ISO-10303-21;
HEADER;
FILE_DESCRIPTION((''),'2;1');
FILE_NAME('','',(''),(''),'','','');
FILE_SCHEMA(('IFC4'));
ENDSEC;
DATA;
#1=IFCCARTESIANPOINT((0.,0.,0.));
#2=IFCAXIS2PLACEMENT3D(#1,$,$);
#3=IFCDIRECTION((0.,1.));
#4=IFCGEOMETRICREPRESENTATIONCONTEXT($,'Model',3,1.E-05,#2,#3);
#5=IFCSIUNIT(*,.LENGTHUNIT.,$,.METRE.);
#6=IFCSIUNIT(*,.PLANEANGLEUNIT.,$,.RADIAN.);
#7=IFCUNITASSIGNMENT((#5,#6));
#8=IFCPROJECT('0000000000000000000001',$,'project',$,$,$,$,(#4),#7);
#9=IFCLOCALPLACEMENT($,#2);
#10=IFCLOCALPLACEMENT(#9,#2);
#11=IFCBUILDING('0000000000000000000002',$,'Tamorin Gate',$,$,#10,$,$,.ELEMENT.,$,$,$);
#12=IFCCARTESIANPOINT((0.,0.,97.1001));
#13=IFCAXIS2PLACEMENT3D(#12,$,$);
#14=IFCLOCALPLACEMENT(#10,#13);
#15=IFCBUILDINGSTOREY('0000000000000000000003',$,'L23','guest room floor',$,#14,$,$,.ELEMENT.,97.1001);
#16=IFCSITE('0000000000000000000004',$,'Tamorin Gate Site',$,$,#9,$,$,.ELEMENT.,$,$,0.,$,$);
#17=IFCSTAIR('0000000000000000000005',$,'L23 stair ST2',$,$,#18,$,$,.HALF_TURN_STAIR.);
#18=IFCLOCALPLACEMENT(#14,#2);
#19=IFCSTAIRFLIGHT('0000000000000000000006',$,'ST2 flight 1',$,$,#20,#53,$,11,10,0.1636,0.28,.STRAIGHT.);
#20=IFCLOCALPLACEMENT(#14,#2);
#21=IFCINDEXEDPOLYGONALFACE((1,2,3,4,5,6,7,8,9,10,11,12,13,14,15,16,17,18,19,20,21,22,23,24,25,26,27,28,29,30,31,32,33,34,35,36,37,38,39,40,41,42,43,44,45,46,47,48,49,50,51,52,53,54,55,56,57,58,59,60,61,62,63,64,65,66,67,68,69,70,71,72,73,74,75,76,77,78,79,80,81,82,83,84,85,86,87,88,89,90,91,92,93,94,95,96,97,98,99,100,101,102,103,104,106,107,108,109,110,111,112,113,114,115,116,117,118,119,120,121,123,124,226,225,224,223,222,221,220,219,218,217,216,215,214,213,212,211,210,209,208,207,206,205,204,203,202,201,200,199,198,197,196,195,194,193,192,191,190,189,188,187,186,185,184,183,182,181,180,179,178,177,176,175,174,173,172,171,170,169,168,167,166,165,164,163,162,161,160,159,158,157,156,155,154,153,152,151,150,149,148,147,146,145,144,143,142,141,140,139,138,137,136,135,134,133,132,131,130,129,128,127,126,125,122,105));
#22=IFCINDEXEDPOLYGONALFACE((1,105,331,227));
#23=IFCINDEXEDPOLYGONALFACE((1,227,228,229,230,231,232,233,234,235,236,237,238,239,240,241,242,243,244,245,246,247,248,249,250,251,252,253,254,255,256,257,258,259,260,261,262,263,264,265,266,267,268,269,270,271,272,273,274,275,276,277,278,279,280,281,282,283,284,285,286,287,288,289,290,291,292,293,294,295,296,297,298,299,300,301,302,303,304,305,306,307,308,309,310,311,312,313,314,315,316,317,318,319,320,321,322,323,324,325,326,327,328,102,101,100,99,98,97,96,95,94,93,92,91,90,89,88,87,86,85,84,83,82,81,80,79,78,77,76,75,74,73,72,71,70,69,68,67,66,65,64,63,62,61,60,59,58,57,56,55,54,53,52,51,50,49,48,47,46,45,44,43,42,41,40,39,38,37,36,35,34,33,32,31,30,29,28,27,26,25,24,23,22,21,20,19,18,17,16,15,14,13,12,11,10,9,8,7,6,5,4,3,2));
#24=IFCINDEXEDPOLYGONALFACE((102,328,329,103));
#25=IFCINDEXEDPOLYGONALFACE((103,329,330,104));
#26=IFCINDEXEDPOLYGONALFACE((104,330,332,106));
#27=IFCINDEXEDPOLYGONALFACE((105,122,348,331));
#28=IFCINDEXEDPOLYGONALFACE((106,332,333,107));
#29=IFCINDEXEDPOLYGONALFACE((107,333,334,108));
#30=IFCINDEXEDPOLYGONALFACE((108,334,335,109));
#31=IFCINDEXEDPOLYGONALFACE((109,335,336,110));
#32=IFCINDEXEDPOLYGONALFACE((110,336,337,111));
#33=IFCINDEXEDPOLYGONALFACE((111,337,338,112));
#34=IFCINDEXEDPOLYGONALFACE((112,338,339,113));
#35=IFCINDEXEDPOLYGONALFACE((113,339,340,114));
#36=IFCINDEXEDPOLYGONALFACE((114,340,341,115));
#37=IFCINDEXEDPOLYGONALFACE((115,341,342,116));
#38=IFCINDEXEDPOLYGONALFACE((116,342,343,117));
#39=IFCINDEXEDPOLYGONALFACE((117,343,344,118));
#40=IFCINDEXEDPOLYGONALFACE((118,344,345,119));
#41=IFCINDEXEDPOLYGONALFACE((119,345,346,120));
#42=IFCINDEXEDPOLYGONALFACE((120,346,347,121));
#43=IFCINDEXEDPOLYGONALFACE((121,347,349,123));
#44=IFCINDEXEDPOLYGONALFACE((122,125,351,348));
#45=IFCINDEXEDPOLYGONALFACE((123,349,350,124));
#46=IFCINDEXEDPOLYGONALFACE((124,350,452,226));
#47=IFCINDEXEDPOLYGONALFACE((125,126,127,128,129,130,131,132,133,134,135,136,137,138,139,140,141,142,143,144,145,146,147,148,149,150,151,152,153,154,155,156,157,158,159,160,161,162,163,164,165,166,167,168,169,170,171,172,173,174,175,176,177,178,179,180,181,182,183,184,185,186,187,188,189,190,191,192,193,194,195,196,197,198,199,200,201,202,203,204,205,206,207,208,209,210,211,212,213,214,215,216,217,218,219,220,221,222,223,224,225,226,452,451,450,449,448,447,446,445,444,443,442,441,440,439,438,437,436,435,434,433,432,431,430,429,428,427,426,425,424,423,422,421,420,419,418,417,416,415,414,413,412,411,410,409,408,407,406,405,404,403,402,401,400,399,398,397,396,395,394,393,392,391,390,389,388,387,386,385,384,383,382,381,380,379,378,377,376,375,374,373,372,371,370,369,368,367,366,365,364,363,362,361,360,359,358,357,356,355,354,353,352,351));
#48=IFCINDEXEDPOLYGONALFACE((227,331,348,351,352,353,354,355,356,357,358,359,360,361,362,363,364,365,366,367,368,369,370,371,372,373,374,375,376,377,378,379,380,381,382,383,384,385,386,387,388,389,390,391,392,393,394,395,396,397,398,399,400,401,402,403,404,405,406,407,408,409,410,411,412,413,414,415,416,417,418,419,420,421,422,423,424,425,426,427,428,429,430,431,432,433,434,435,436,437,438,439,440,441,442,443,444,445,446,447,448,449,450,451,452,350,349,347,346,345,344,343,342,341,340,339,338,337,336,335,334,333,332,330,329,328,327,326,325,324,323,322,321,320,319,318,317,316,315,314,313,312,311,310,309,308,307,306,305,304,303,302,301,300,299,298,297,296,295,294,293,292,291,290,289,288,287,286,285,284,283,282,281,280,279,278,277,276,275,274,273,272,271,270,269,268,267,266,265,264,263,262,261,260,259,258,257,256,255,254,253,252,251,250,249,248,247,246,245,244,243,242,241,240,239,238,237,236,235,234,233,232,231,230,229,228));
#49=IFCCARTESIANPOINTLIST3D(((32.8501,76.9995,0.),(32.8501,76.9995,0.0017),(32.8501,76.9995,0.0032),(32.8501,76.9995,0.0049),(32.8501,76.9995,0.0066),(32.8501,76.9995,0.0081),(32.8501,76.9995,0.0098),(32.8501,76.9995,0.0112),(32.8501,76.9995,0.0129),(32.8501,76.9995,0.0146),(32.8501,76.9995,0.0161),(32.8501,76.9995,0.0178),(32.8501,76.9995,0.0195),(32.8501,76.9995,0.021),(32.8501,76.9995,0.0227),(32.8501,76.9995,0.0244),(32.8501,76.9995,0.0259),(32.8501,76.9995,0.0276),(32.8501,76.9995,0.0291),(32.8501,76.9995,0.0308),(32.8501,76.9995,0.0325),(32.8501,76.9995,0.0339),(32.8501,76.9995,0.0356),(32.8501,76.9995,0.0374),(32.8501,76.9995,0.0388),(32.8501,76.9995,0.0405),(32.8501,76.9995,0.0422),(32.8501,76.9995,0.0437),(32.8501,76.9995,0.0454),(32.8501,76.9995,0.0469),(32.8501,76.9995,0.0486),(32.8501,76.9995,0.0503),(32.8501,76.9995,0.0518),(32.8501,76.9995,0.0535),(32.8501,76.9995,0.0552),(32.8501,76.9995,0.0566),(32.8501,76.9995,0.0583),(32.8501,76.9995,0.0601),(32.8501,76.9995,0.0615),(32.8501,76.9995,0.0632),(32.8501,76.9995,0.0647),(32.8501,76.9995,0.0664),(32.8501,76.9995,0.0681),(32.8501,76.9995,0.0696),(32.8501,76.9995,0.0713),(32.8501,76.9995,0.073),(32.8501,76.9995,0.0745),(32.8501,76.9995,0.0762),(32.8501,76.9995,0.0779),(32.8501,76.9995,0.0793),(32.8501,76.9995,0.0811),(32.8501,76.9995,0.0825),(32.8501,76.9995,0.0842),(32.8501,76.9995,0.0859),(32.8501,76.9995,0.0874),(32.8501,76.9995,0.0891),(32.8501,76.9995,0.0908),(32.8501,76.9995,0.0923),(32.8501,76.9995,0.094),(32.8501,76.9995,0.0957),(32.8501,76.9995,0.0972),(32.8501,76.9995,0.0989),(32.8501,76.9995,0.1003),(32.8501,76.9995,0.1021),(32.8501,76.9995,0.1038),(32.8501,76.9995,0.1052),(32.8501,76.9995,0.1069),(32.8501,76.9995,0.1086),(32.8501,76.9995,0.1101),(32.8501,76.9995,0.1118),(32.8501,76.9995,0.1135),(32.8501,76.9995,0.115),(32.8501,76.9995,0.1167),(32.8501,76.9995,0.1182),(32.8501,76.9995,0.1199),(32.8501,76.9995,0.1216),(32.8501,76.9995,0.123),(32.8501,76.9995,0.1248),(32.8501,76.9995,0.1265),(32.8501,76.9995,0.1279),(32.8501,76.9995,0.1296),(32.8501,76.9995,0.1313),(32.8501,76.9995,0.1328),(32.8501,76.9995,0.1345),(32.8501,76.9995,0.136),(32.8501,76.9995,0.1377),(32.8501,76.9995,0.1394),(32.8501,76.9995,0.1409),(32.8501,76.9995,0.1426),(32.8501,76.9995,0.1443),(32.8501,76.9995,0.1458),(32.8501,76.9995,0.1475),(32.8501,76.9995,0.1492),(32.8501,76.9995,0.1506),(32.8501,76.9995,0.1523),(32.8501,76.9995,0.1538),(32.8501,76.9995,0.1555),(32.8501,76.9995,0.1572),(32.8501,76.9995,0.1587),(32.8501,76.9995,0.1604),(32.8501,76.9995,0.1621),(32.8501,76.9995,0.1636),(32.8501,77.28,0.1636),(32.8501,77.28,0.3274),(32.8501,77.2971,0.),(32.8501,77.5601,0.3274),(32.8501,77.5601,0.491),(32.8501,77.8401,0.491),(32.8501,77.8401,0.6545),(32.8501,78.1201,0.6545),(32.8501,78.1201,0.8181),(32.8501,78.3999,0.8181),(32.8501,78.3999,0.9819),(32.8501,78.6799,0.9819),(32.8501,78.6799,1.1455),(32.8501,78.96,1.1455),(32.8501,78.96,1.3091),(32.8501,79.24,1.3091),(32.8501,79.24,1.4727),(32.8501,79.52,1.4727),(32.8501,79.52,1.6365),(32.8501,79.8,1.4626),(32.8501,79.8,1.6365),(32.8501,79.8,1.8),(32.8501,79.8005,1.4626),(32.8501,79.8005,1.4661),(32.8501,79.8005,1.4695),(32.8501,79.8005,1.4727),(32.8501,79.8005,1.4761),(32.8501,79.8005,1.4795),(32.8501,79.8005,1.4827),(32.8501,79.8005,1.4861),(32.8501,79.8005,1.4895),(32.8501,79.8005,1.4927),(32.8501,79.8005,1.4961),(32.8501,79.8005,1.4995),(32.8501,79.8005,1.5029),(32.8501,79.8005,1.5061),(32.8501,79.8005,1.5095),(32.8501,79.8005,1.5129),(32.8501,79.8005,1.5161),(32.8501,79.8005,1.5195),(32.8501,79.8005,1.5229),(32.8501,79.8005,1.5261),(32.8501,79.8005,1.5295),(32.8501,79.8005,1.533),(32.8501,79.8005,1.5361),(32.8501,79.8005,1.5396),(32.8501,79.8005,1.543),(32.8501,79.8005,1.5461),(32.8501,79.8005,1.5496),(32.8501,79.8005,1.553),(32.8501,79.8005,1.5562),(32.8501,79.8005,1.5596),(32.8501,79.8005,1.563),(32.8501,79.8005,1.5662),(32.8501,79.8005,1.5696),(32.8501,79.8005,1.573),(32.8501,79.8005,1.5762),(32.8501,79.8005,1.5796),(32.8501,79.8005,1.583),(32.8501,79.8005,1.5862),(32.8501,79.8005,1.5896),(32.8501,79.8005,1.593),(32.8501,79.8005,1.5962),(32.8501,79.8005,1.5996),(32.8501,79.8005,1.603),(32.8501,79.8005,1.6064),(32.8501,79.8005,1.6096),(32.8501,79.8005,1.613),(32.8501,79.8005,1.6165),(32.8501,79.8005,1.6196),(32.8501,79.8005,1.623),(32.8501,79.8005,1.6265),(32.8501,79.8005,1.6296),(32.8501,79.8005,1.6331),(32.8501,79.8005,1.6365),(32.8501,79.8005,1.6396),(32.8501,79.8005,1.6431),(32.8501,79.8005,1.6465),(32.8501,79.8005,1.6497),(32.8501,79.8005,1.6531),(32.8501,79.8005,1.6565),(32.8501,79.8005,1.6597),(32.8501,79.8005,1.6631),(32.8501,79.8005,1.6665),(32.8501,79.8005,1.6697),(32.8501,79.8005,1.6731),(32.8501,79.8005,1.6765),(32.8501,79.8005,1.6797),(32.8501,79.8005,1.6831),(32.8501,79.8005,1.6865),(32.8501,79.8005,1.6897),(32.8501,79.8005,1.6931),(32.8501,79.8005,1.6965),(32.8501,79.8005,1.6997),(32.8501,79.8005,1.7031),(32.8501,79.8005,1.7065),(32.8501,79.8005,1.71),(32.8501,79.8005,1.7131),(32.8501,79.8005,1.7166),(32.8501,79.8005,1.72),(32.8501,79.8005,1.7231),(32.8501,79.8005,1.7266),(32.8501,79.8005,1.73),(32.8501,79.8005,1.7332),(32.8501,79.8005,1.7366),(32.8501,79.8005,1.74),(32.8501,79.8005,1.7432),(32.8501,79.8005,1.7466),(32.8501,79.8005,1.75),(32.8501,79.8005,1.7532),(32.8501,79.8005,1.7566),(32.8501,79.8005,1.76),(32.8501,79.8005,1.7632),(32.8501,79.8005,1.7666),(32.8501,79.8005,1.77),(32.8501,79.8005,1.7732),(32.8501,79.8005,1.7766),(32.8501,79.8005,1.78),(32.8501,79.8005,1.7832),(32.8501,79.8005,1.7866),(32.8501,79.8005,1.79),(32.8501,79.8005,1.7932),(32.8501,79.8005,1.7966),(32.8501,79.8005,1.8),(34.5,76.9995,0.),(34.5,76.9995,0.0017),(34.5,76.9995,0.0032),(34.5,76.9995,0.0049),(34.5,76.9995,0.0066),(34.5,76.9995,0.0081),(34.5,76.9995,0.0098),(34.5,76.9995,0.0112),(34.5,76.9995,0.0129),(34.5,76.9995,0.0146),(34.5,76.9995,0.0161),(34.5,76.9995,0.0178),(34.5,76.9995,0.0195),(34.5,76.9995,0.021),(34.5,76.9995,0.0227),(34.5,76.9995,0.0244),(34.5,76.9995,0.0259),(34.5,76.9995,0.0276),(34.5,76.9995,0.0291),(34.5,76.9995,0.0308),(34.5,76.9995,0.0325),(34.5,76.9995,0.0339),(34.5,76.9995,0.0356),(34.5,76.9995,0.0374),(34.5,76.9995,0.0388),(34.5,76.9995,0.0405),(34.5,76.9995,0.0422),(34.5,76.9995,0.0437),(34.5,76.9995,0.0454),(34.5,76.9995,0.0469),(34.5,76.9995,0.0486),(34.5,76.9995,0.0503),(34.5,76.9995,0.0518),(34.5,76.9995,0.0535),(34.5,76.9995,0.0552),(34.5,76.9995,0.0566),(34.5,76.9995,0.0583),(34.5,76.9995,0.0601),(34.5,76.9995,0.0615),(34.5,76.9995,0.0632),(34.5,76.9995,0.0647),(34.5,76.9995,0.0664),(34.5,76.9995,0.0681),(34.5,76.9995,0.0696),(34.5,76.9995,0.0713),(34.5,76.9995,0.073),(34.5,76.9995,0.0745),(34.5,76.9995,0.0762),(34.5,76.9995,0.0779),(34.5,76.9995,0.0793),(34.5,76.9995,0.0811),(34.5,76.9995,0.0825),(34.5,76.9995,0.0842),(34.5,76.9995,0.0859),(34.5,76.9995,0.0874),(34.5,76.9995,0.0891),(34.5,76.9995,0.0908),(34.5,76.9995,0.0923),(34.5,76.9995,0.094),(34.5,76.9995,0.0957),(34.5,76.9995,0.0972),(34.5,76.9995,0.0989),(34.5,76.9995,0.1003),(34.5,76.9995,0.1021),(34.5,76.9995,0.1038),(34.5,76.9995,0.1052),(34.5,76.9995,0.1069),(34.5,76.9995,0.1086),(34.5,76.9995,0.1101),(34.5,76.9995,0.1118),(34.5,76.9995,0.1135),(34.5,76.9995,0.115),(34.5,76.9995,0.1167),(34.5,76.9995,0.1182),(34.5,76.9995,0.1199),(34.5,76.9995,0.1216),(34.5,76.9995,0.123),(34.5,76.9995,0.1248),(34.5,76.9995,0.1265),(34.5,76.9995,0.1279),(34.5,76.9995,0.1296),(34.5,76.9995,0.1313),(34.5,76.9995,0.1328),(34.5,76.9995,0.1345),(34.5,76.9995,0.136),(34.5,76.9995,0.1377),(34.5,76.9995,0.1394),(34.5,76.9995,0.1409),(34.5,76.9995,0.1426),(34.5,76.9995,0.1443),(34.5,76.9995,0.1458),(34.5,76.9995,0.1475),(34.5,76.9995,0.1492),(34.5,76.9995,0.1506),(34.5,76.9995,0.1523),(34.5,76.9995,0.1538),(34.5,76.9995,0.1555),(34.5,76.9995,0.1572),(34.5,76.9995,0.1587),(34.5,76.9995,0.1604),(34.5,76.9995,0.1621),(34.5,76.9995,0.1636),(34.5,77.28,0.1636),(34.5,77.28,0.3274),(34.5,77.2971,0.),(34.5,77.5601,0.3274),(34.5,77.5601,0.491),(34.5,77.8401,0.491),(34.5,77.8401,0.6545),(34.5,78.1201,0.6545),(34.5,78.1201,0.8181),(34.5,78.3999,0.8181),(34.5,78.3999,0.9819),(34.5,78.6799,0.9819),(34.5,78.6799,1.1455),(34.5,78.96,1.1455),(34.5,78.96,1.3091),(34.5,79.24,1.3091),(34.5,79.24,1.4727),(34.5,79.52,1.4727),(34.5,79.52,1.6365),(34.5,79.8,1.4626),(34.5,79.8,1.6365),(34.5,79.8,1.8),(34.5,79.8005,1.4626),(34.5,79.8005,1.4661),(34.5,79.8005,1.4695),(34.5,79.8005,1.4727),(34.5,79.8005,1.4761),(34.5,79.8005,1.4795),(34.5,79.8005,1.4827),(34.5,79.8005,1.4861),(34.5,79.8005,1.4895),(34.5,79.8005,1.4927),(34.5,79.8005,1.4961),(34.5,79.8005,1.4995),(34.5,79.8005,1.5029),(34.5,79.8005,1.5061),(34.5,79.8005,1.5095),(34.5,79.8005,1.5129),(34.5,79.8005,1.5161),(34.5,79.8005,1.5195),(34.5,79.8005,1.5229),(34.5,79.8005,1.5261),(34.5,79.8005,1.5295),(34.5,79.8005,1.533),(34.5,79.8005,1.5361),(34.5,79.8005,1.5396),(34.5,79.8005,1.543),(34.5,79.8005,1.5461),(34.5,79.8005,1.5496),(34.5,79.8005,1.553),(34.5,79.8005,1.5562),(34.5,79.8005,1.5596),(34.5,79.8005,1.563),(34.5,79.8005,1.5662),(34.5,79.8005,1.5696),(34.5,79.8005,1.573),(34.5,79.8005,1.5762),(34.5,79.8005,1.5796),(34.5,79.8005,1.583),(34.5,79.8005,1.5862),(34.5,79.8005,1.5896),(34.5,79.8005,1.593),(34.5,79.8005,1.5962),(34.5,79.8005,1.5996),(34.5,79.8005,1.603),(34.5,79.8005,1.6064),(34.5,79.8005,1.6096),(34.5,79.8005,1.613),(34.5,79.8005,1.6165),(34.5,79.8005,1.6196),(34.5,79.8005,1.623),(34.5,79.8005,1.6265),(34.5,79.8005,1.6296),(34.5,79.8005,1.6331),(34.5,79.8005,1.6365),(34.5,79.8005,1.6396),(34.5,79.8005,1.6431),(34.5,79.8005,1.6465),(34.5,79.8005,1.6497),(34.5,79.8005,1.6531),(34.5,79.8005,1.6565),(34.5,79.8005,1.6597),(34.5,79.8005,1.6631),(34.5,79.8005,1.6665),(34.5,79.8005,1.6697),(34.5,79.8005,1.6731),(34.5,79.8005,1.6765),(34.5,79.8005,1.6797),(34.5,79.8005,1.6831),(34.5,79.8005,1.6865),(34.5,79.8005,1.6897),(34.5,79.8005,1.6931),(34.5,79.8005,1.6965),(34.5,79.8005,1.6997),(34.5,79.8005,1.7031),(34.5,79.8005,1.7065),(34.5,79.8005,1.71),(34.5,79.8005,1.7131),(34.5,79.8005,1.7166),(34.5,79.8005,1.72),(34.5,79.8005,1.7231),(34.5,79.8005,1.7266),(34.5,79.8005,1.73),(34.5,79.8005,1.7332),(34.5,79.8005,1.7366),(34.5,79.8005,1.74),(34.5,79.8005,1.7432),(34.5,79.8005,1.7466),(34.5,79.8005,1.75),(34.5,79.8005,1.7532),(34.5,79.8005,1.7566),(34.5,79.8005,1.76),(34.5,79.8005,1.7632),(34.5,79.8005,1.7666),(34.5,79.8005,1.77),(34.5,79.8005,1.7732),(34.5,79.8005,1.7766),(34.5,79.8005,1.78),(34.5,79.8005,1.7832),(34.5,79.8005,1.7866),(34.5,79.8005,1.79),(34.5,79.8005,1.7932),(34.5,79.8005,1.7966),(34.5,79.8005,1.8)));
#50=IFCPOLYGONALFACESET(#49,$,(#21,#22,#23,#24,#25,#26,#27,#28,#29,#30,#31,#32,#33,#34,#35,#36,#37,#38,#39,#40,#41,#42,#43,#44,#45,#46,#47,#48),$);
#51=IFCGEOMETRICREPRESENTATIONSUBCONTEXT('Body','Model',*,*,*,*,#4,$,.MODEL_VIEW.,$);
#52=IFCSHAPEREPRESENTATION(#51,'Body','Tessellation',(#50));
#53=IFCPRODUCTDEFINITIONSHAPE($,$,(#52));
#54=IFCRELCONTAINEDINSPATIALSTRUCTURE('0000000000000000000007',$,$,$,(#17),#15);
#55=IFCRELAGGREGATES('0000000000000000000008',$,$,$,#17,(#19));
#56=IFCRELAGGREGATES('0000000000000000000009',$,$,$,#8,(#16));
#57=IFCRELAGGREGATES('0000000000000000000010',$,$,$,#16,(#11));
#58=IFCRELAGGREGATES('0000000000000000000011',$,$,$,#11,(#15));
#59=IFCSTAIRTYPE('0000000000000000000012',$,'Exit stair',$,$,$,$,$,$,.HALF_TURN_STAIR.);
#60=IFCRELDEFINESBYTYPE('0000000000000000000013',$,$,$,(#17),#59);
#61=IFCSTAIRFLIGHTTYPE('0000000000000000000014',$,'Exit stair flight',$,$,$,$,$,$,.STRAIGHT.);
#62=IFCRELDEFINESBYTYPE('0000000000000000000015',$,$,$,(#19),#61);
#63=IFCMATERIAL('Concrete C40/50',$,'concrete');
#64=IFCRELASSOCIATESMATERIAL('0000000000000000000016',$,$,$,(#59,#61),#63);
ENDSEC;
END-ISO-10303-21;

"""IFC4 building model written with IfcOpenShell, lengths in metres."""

from ifc_helpers import new_model, si_unit, direction, frame, origin, place, context, subcontext, project, spatial, polyline, outline, extrude, material, type_object, element, aggregate, save


model = new_model("IFC4")

# Units and contexts
model_context = context("Model", 3, precision=1e-05, world=origin(), true_north=direction((0.0, 1.0)))
body_context = subcontext(model_context, "Body", "Model", "MODEL_VIEW")
ifc_project = project(units=[si_unit("LENGTHUNIT", "METRE"), si_unit("PLANEANGLEUNIT", "RADIAN")], contexts=[model_context])

# Site, building, storey
site_placement = place(None, origin())
site = spatial("IfcSite", under=ifc_project, at=site_placement, Name="Tamorin Gate Site", CompositionType="ELEMENT", RefElevation=0.0)
building_placement = place(site_placement, origin())
building = spatial("IfcBuilding", under=site, at=building_placement, Name="Tamorin Gate", CompositionType="ELEMENT")
storey_placement = place(building_placement, frame((0.0, 0.0, 97.1001)))
storey = spatial("IfcBuildingStorey", under=building, at=storey_placement, Name="L23", Description="guest room floor", CompositionType="ELEMENT", Elevation=97.1001)

# Shared definitions
ifc_material_1 = material(Name="Concrete C40/50", Category="concrete")

# Stair, stair flight
stair_type = type_object("IfcStairType", Name="Exit stair", PredefinedType="HALF_TURN_STAIR", material=ifc_material_1)
stair_placement = place(storey_placement, origin())
stair = element("IfcStair", 1, at=stair_placement, inside=storey, type_object=stair_type, Name="L23 stair ST2", PredefinedType="HALF_TURN_STAIR")
stair_flight_type = type_object("IfcStairFlightType", Name="Exit stair flight", PredefinedType="STRAIGHT", material=ifc_material_1)
stair_flight_1_placement = place(storey_placement, frame((33.675, 77.0, 0.0), z_axis=(0.0, 0.0, 1.0), x_axis=(0.0, 1.0, 0.0)))
stair_flight_1 = element("IfcStairFlight", 2, at=stair_flight_1_placement, type_object=stair_flight_type, Name="ST2 flight 1", NumberOfRisers=11, NumberOfTreads=10, PredefinedType="STRAIGHT", RiserHeight=0.1636, TreadLength=0.28, context=body_context, shape_type="SweptSolid", body=[
    extrude(outline(polyline([(-0.0005, 0.0), (-0.0005, 0.0017), (-0.0005, 0.0032), (-0.0005, 0.0049), (-0.0005, 0.0066), (-0.0005, 0.0081), (-0.0005, 0.0098), (-0.0005, 0.0112), (-0.0005, 0.0129), (-0.0005, 0.0146), (-0.0005, 0.0161), (-0.0005, 0.0178), (-0.0005, 0.0195), (-0.0005, 0.021), (-0.0005, 0.0227), (-0.0005, 0.0244), (-0.0005, 0.0259), (-0.0005, 0.0276), (-0.0005, 0.0291), (-0.0005, 0.0308), (-0.0005, 0.0325), (-0.0005, 0.0339), (-0.0005, 0.0356), (-0.0005, 0.0374), (-0.0005, 0.0388), (-0.0005, 0.0405), (-0.0005, 0.0422), (-0.0005, 0.0437), (-0.0005, 0.0454), (-0.0005, 0.0469), (-0.0005, 0.0486), (-0.0005, 0.0503), (-0.0005, 0.0518), (-0.0005, 0.0535), (-0.0005, 0.0552), (-0.0005, 0.0566), (-0.0005, 0.0583), (-0.0005, 0.0601), (-0.0005, 0.0615), (-0.0005, 0.0632), (-0.0005, 0.0647), (-0.0005, 0.0664), (-0.0005, 0.0681), (-0.0005, 0.0696), (-0.0005, 0.0713), (-0.0005, 0.073), (-0.0005, 0.0745), (-0.0005, 0.0762), (-0.0005, 0.0779), (-0.0005, 0.0793), (-0.0005, 0.0811), (-0.0005, 0.0825), (-0.0005, 0.0842), (-0.0005, 0.0859), (-0.0005, 0.0874), (-0.0005, 0.0891), (-0.0005, 0.0908), (-0.0005, 0.0923), (-0.0005, 0.094), (-0.0005, 0.0957), (-0.0005, 0.0972), (-0.0005, 0.0989), (-0.0005, 0.1003), (-0.0005, 0.1021), (-0.0005, 0.1038), (-0.0005, 0.1052), (-0.0005, 0.1069), (-0.0005, 0.1086), (-0.0005, 0.1101), (-0.0005, 0.1118), (-0.0005, 0.1135), (-0.0005, 0.115), (-0.0005, 0.1167), (-0.0005, 0.1182), (-0.0005, 0.1199), (-0.0005, 0.1216), (-0.0005, 0.123), (-0.0005, 0.1248), (-0.0005, 0.1265), (-0.0005, 0.1279), (-0.0005, 0.1296), (-0.0005, 0.1313), (-0.0005, 0.1328), (-0.0005, 0.1345), (-0.0005, 0.136), (-0.0005, 0.1377), (-0.0005, 0.1394), (-0.0005, 0.1409), (-0.0005, 0.1426), (-0.0005, 0.1443), (-0.0005, 0.1458), (-0.0005, 0.1475), (-0.0005, 0.1492), (-0.0005, 0.1506), (-0.0005, 0.1523), (-0.0005, 0.1538), (-0.0005, 0.1555), (-0.0005, 0.1572), (-0.0005, 0.1587), (-0.0005, 0.1604), (-0.0005, 0.1621), (-0.0005, 0.1636), (0.28, 0.1636), (0.28, 0.3274), (0.5601, 0.3274), (0.5601, 0.491), (0.8401, 0.491), (0.8401, 0.6545), (1.1201, 0.6545), (1.1201, 0.8181), (1.3999, 0.8181), (1.3999, 0.9819), (1.6799, 0.9819), (1.6799, 1.1455), (1.96, 1.1455), (1.96, 1.3091), (2.24, 1.3091), (2.24, 1.4727), (2.52, 1.4727), (2.52, 1.6365), (2.8, 1.6365), (2.8, 1.8), (2.8005, 1.8), (2.8005, 1.7966), (2.8005, 1.7932), (2.8005, 1.79), (2.8005, 1.7866), (2.8005, 1.7832), (2.8005, 1.78), (2.8005, 1.7766), (2.8005, 1.7732), (2.8005, 1.77), (2.8005, 1.7666), (2.8005, 1.7632), (2.8005, 1.76), (2.8005, 1.7566), (2.8005, 1.7532), (2.8005, 1.75), (2.8005, 1.7466), (2.8005, 1.7432), (2.8005, 1.74), (2.8005, 1.7366), (2.8005, 1.7332), (2.8005, 1.73), (2.8005, 1.7266), (2.8005, 1.7231), (2.8005, 1.72), (2.8005, 1.7166), (2.8005, 1.7131), (2.8005, 1.71), (2.8005, 1.7065), (2.8005, 1.7031), (2.8005, 1.6997), (2.8005, 1.6965), (2.8005, 1.6931), (2.8005, 1.6897), (2.8005, 1.6865), (2.8005, 1.6831), (2.8005, 1.6797), (2.8005, 1.6765), (2.8005, 1.6731), (2.8005, 1.6697), (2.8005, 1.6665), (2.8005, 1.6631), (2.8005, 1.6597), (2.8005, 1.6565), (2.8005, 1.6531), (2.8005, 1.6497), (2.8005, 1.6465), (2.8005, 1.6431), (2.8005, 1.6396), (2.8005, 1.6365), (2.8005, 1.6331), (2.8005, 1.6296), (2.8005, 1.6265), (2.8005, 1.623), (2.8005, 1.6196), (2.8005, 1.6165), (2.8005, 1.613), (2.8005, 1.6096), (2.8005, 1.6064), (2.8005, 1.603), (2.8005, 1.5996), (2.8005, 1.5962), (2.8005, 1.593), (2.8005, 1.5896), (2.8005, 1.5862), (2.8005, 1.583), (2.8005, 1.5796), (2.8005, 1.5762), (2.8005, 1.573), (2.8005, 1.5696), (2.8005, 1.5662), (2.8005, 1.563), (2.8005, 1.5596), (2.8005, 1.5562), (2.8005, 1.553), (2.8005, 1.5496), (2.8005, 1.5461), (2.8005, 1.543), (2.8005, 1.5396), (2.8005, 1.5361), (2.8005, 1.533), (2.8005, 1.5295), (2.8005, 1.5261), (2.8005, 1.5229), (2.8005, 1.5195), (2.8005, 1.5161), (2.8005, 1.5129), (2.8005, 1.5095), (2.8005, 1.5061), (2.8005, 1.5029), (2.8005, 1.4995), (2.8005, 1.4961), (2.8005, 1.4927), (2.8005, 1.4895), (2.8005, 1.4861), (2.8005, 1.4827), (2.8005, 1.4795), (2.8005, 1.4761), (2.8005, 1.4727), (2.8005, 1.4695), (2.8005, 1.4661), (2.8005, 1.4626), (2.8, 1.4626), (0.2971, 0.0), (-0.0005, 0.0)])), frame((0.0, 0.825, 0.0), z_axis=(0.0, -1.0, 0.0), x_axis=(1.0, 0.0, 0.0)), (0.0, 0.0, 1.0), 1.6499),
])
aggregate(stair, [stair_flight_1])

save(model, "model.ifc")
